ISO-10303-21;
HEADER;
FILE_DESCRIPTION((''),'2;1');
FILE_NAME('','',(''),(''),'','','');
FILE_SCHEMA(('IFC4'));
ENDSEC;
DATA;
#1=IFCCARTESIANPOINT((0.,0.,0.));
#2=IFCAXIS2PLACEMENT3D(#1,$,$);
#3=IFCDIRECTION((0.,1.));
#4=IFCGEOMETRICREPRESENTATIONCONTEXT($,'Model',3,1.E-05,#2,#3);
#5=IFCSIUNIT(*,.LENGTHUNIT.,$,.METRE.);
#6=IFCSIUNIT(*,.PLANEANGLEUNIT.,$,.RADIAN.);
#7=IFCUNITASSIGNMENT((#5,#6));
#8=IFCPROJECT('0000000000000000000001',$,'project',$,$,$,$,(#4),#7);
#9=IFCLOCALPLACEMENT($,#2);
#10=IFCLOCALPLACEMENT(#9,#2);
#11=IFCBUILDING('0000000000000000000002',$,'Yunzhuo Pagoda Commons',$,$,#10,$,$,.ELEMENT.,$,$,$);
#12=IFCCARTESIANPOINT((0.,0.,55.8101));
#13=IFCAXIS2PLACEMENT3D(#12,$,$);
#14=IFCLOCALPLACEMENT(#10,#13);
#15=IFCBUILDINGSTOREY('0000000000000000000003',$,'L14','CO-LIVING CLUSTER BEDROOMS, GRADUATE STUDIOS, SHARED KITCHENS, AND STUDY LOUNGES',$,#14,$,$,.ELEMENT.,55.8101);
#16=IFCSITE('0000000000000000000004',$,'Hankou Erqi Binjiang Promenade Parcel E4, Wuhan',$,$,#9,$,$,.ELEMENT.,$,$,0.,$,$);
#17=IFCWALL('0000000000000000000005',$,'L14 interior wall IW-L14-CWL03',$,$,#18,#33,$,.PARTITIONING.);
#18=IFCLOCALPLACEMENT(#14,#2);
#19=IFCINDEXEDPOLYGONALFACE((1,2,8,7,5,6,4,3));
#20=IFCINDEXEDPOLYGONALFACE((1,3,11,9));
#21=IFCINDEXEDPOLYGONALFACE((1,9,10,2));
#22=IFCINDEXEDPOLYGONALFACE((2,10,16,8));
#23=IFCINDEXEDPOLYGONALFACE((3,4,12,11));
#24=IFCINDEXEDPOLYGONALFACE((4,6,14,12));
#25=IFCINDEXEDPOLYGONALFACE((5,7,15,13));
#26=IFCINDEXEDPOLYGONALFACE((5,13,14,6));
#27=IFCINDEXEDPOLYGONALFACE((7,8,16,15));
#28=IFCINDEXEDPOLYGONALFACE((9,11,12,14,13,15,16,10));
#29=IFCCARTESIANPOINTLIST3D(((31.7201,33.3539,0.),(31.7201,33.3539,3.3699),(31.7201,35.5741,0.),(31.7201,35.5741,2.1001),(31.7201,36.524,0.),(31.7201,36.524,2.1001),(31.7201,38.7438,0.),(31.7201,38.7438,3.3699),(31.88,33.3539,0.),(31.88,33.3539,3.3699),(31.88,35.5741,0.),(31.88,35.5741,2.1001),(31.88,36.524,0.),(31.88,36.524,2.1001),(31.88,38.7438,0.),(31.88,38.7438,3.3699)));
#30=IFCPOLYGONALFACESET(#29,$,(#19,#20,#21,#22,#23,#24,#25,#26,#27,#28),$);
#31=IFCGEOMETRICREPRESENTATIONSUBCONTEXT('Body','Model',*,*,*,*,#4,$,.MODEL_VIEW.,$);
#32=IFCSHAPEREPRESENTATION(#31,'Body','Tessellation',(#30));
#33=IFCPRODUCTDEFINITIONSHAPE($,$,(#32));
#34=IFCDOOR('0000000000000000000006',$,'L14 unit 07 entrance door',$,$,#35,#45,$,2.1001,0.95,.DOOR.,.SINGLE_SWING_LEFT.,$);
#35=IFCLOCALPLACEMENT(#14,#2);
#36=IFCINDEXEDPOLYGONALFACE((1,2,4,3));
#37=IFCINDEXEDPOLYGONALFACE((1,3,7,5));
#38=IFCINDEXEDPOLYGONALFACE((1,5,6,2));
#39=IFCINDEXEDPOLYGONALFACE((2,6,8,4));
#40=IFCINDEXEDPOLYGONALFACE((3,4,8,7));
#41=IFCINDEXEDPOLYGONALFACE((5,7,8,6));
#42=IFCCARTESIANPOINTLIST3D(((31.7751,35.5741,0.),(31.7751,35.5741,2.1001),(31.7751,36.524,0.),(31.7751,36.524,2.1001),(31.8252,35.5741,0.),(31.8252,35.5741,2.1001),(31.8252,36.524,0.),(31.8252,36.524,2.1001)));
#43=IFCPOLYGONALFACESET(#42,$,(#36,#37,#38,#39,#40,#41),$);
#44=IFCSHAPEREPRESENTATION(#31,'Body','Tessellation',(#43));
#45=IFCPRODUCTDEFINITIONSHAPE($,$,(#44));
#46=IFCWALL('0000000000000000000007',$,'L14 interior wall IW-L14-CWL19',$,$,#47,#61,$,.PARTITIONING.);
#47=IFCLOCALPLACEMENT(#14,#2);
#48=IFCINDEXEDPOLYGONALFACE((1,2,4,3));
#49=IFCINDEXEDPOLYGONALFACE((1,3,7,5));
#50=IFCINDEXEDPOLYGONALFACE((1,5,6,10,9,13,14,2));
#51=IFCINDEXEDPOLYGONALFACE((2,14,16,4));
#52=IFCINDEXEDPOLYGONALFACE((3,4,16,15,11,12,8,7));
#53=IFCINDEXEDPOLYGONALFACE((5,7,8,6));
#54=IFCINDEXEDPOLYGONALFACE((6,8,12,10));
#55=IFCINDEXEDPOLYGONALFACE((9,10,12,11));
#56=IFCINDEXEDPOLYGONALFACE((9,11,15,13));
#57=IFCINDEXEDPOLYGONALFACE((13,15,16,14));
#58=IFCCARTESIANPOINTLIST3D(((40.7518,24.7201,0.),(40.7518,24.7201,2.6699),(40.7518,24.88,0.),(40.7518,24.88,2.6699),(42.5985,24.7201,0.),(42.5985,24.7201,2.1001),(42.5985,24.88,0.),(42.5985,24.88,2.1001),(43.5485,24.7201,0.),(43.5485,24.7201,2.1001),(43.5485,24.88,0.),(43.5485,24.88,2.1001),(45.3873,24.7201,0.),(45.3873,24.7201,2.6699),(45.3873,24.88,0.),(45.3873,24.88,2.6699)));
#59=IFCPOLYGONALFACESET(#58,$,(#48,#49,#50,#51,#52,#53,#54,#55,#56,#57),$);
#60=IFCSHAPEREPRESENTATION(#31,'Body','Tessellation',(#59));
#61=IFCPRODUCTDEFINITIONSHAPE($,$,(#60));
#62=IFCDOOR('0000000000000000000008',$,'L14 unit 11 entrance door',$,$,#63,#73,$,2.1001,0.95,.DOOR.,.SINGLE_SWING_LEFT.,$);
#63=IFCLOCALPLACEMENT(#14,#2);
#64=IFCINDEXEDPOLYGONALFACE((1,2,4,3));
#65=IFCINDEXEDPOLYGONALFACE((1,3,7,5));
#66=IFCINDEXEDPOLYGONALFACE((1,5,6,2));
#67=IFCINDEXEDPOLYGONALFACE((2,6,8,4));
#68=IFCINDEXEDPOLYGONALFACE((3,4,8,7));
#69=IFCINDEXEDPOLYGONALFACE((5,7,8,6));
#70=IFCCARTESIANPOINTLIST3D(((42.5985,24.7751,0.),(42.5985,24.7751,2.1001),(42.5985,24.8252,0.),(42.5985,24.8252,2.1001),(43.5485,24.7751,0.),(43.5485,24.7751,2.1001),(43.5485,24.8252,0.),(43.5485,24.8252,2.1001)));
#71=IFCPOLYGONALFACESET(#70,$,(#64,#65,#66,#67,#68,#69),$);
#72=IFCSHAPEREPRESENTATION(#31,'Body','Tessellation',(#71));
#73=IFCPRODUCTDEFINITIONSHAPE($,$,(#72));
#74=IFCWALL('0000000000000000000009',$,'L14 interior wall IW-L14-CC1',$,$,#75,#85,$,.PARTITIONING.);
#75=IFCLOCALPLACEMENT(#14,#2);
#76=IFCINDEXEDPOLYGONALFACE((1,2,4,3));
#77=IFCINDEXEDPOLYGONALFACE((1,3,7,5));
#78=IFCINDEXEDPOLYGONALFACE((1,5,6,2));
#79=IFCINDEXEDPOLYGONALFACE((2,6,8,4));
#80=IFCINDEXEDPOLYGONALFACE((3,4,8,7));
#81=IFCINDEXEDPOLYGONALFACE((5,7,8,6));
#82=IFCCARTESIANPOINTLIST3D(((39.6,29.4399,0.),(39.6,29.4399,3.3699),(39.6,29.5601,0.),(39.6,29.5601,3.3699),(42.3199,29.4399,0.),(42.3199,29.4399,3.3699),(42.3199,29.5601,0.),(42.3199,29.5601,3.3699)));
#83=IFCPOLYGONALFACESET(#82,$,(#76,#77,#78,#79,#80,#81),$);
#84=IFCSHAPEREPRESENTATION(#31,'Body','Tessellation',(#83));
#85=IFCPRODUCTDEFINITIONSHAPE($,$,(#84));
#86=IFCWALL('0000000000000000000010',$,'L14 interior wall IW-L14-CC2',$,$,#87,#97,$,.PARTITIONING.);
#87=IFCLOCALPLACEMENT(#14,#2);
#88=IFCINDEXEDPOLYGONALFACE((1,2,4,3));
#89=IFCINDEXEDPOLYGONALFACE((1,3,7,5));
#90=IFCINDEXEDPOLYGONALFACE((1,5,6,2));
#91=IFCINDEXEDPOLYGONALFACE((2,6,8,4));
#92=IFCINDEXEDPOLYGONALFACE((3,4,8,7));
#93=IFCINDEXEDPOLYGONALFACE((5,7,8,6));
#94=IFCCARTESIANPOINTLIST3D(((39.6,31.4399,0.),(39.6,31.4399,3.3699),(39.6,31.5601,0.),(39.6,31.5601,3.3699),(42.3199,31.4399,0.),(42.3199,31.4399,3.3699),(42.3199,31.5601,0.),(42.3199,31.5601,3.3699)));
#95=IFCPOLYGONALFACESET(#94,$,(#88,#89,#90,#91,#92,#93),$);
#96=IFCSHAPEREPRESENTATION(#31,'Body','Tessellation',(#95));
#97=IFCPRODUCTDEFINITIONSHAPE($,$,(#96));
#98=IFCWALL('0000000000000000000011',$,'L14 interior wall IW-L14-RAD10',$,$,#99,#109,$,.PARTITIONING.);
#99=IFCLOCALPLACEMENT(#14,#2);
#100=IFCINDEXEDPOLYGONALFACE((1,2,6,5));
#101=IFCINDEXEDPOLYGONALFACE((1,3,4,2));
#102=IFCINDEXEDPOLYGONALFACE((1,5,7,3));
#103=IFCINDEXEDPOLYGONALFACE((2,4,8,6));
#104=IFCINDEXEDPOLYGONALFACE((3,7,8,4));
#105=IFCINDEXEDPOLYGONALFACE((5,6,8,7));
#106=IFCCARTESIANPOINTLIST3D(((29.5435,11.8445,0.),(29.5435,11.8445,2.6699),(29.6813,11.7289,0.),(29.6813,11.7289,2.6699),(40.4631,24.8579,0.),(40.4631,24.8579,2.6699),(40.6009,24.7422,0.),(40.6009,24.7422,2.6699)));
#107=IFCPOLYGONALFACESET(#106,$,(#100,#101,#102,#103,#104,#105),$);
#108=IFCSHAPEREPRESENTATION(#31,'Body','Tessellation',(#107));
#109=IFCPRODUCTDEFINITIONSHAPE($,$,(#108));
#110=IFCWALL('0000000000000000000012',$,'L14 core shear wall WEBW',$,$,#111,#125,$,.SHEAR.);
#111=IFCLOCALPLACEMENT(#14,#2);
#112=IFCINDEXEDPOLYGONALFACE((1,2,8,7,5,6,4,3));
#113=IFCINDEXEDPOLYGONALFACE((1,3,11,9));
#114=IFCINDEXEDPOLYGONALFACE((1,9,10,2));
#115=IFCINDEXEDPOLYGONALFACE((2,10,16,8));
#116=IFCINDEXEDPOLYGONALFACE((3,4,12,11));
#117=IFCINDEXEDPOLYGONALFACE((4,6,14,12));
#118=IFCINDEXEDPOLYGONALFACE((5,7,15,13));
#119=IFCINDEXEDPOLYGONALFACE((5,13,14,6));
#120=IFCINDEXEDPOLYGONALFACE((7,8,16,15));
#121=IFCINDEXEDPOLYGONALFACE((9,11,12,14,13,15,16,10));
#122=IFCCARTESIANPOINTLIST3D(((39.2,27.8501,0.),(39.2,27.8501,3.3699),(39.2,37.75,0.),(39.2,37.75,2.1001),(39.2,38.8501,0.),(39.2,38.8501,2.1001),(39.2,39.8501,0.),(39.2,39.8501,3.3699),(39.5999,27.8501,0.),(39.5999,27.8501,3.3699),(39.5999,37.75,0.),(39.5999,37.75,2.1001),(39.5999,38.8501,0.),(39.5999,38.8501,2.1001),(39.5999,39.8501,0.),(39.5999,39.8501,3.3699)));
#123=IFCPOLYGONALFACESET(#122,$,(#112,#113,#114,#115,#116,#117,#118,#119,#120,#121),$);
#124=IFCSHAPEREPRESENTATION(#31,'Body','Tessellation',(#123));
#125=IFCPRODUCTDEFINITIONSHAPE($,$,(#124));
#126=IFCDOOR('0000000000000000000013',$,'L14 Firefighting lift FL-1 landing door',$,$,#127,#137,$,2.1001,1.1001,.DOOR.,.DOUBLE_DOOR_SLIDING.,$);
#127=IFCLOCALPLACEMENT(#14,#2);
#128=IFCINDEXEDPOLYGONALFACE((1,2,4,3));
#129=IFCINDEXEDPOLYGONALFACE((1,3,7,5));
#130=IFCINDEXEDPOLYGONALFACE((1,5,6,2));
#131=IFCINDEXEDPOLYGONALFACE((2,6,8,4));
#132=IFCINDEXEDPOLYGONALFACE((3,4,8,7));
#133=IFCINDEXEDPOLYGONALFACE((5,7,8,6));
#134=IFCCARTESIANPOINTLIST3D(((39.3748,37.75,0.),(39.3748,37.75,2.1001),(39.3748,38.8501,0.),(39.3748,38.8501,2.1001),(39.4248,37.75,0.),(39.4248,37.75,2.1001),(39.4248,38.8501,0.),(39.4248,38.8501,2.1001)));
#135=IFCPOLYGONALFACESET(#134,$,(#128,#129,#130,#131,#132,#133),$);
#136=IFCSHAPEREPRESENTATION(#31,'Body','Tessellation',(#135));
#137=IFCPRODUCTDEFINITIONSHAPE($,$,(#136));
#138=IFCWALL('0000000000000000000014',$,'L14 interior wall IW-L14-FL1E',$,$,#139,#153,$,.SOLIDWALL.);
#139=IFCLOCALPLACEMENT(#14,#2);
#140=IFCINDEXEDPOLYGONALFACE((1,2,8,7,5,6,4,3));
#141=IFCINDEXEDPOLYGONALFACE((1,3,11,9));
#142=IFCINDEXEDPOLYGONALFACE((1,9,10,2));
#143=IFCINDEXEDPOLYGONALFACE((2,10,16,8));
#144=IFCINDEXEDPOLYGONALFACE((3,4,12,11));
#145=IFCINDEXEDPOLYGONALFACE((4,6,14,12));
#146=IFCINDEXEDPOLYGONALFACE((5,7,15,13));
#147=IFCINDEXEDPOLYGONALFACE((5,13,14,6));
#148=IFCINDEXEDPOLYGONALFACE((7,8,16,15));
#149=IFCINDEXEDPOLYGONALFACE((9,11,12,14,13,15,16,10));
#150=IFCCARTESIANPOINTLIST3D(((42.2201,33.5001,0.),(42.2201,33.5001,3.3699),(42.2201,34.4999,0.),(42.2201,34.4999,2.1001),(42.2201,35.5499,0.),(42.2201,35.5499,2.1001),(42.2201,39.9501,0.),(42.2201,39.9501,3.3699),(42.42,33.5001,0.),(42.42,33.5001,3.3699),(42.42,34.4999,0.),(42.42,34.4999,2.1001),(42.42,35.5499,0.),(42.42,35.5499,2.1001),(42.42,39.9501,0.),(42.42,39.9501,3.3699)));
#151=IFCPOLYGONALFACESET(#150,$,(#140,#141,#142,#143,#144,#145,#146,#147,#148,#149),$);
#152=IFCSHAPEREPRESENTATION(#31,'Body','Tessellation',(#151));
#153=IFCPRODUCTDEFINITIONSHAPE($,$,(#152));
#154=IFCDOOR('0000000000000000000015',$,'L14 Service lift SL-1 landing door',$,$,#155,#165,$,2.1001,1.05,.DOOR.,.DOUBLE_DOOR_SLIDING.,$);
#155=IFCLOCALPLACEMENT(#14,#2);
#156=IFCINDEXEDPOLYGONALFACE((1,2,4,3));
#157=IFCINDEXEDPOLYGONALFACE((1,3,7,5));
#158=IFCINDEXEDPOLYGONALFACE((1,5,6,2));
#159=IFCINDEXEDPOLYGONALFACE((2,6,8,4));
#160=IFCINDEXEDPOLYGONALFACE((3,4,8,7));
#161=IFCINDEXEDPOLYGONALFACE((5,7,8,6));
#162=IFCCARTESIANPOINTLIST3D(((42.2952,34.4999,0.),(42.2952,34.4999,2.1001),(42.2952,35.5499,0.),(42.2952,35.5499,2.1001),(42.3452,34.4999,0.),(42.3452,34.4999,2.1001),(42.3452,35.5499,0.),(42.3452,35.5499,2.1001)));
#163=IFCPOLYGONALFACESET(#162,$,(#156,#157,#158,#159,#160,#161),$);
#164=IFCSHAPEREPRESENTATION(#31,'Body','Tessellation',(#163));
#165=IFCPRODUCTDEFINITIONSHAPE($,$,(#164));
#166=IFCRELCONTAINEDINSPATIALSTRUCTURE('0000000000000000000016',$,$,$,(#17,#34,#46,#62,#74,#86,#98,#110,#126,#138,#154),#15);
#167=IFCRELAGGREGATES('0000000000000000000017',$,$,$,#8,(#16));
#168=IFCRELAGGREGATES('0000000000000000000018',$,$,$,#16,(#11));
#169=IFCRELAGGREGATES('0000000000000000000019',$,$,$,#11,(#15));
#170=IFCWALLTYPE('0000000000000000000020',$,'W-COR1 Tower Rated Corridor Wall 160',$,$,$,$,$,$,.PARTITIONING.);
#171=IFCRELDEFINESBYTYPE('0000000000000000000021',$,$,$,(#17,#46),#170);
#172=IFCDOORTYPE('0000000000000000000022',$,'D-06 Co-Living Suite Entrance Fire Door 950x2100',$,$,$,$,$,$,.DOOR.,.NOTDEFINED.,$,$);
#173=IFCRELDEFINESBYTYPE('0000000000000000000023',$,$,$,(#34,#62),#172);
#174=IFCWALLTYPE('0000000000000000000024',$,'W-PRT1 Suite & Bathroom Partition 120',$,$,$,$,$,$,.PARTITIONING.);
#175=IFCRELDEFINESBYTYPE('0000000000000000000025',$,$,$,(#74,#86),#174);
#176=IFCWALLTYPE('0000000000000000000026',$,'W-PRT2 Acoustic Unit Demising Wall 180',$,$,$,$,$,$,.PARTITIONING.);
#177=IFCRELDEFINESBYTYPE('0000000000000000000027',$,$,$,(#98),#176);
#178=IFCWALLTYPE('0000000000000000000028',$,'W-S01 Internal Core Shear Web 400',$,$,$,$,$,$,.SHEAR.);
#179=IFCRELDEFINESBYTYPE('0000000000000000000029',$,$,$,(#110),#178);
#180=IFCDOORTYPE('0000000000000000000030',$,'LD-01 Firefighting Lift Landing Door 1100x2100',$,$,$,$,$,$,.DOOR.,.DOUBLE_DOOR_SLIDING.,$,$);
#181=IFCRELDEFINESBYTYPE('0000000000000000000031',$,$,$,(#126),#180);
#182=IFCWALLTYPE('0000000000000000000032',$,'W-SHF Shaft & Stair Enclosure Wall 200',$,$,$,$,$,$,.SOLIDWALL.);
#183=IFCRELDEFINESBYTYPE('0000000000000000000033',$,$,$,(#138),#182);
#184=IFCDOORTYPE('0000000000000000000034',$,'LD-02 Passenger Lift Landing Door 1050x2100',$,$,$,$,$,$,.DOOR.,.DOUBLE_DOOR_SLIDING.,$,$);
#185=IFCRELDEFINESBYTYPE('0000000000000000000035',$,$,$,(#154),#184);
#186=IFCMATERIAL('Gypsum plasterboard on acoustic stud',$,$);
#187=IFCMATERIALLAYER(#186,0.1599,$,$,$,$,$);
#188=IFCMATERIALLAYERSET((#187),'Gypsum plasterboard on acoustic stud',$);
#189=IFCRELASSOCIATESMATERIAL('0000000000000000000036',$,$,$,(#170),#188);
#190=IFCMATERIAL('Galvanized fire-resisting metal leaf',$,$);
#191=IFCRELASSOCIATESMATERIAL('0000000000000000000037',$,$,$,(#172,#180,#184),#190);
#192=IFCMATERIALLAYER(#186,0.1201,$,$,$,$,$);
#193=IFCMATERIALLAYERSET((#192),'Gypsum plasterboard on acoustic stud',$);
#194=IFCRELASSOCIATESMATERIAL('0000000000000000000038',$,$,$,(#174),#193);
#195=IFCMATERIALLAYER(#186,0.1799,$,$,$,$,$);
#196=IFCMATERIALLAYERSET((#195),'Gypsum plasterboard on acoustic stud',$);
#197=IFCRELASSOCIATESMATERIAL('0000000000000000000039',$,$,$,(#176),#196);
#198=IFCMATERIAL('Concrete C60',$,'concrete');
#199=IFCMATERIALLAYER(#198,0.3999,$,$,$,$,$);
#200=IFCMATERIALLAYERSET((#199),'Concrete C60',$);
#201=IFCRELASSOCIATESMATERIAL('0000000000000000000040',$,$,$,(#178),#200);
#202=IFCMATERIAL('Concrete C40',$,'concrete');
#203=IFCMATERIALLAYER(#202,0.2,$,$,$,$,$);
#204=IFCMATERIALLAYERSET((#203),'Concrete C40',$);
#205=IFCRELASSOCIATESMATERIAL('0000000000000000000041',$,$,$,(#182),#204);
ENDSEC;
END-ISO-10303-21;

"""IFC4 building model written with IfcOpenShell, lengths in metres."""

from ifc_helpers import new_model, si_unit, direction, frame, frame_2d, origin, origin_with_axes, place, context, subcontext, project, spatial, rectangle, extrude, source, transform, mapped, material, layer, layer_set, type_object, element, fill, save


model = new_model("IFC4")

# Units and contexts
model_context = context("Model", 3, precision=1e-05, world=origin(), true_north=direction((0.0, 1.0)))
body_context = subcontext(model_context, "Body", "Model", "MODEL_VIEW")
ifc_project = project(units=[si_unit("LENGTHUNIT", "METRE"), si_unit("PLANEANGLEUNIT", "RADIAN")], contexts=[model_context])

# Site, building, storey
site_placement = place(None, origin())
site = spatial("IfcSite", under=ifc_project, at=site_placement, Name="Hankou Erqi Binjiang Promenade Parcel E4, Wuhan", CompositionType="ELEMENT", RefElevation=0.0)
building_placement = place(site_placement, origin())
building = spatial("IfcBuilding", under=site, at=building_placement, Name="Yunzhuo Pagoda Commons", CompositionType="ELEMENT")
storey_placement = place(building_placement, frame((0.0, 0.0, 55.8101)))
storey = spatial("IfcBuildingStorey", under=building, at=storey_placement, Name="L14", Description="CO-LIVING CLUSTER BEDROOMS, GRADUATE STUDIOS, SHARED KITCHENS, AND STUDY LOUNGES", CompositionType="ELEMENT", Elevation=55.8101)

# Shared definitions
ifc_material_1 = material(Name="Concrete C60", Category="concrete")

# Shared definitions
ifc_material_2 = material(Name="Gypsum plasterboard on acoustic stud")
ifc_layer_1 = layer(ifc_material_2, 0.1599)
ifc_layer_set_1 = layer_set([ifc_layer_1], Name="Gypsum plasterboard on acoustic stud")
wall_type_1 = type_object("IfcWallType", Name="W-COR1 Tower Rated Corridor Wall 160", PredefinedType="PARTITIONING", material=ifc_layer_set_1)
ifc_material_3 = material(Name="Galvanized fire-resisting metal leaf")

# Walls, openings, doors
wall_1_placement = place(storey_placement, frame((31.8, 33.354, 0.0), z_axis=(0.0, 0.0, 1.0), x_axis=(0.0, 1.0, 0.0)))
wall_1 = element("IfcWall", 1, at=wall_1_placement, inside=storey, type_object=wall_type_1, Name="L14 interior wall IW-L14-CWL03", PredefinedType="PARTITIONING", context=body_context, shape_type="SweptSolid", body=[
    extrude(rectangle(XDim=5.3899, YDim=0.1599, at=frame_2d((2.6948, 0.0))), origin(), (0.0, 0.0, 1.0), 3.3699),
])
opening_1_placement = place(wall_1_placement, frame((2.22, 0.0, 0.0)))
opening_1 = element("IfcOpeningElement", 2, at=opening_1_placement, cuts=wall_1, PredefinedType="OPENING", context=body_context, shape_type="SweptSolid", body=[
    extrude(rectangle(XDim=0.95, YDim=2.1001, at=frame_2d((0.4751, 1.05))), frame((0.0, 0.0898, 0.0), z_axis=(0.0, -1.0, 0.0), x_axis=(1.0, 0.0, 0.0)), (0.0, 0.0, 1.0), 0.1799),
])
door_type_1 = type_object("IfcDoorType", Name="D-06 Co-Living Suite Entrance Fire Door 950x2100", OperationType="NOTDEFINED", PredefinedType="DOOR", material=ifc_material_3)
shared_shape_1 = source(origin(), body_context, "Body", "SweptSolid", [
    extrude(rectangle(XDim=0.95, YDim=2.1001, at=frame_2d((0.4751, 1.05))), frame((0.0, 0.0249, 0.0), z_axis=(0.0, -1.0, 0.0), x_axis=(1.0, 0.0, 0.0)), (0.0, 0.0, 1.0), 0.05),
])
door_1_placement = place(opening_1_placement, origin_with_axes())
door_1 = element("IfcDoor", 3, at=door_1_placement, inside=storey, type_object=door_type_1, Name="L14 unit 07 entrance door", OperationType="SINGLE_SWING_LEFT", OverallHeight=2.1001, OverallWidth=0.95, PredefinedType="DOOR", context=body_context, shape_type="MappedRepresentation", body=[
    mapped(shared_shape_1, transform((0.0, 0.0, 0.0), scale=1.0)),
])
fill(opening_1, door_1)
wall_2_placement = place(storey_placement, frame((45.3875, 24.8, 0.0), z_axis=(0.0, 0.0, 1.0), x_axis=(-1.0, 0.0, 0.0)))
wall_2 = element("IfcWall", 4, at=wall_2_placement, inside=storey, type_object=wall_type_1, Name="L14 interior wall IW-L14-CWL19", PredefinedType="PARTITIONING", context=body_context, shape_type="SweptSolid", body=[
    extrude(rectangle(XDim=4.6355, YDim=0.1599, at=frame_2d((2.3179, 0.0))), origin(), (0.0, 0.0, 1.0), 2.6699),
])
opening_2_placement = place(wall_2_placement, frame((1.8389, 0.0, 0.0)))
opening_2 = element("IfcOpeningElement", 5, at=opening_2_placement, cuts=wall_2, PredefinedType="OPENING", context=body_context, shape_type="SweptSolid", body=[
    extrude(rectangle(XDim=0.95, YDim=2.1001, at=frame_2d((0.4751, 1.05))), frame((0.0, 0.0898, 0.0), z_axis=(0.0, -1.0, 0.0), x_axis=(1.0, 0.0, 0.0)), (0.0, 0.0, 1.0), 0.1799),
])
door_2_placement = place(opening_2_placement, origin_with_axes())
door_2 = element("IfcDoor", 6, at=door_2_placement, inside=storey, type_object=door_type_1, Name="L14 unit 11 entrance door", OperationType="SINGLE_SWING_LEFT", OverallHeight=2.1001, OverallWidth=0.95, PredefinedType="DOOR", context=body_context, shape_type="MappedRepresentation", body=[
    mapped(shared_shape_1, transform((0.0, 0.0, 0.0), scale=1.0)),
])
fill(opening_2, door_2)

# Walls
ifc_layer_2 = layer(ifc_material_2, 0.1201)
ifc_layer_set_2 = layer_set([ifc_layer_2], Name="Gypsum plasterboard on acoustic stud")
wall_type_2 = type_object("IfcWallType", Name="W-PRT1 Suite & Bathroom Partition 120", PredefinedType="PARTITIONING", material=ifc_layer_set_2)
for number, where, z_axis, x_axis, name in (
    (7, (39.6001, 29.5, 0.0), (0.0, 0.0, 1.0), (1.0, 0.0, 0.0), "L14 interior wall IW-L14-CC1"),
    (8, (39.6001, 31.5, 0.0), (0.0, 0.0, 1.0), (1.0, 0.0, 0.0), "L14 interior wall IW-L14-CC2"),
):
    element("IfcWall", number, at=place(storey_placement, frame(where, z_axis=z_axis, x_axis=x_axis)), inside=storey, type_object=wall_type_2, Name=name, PredefinedType="PARTITIONING", context=body_context, shape_type="SweptSolid", body=[
        extrude(rectangle(XDim=2.72, YDim=0.1201, at=frame_2d((1.3599, 0.0))), origin(), (0.0, 0.0, 1.0), 3.3699),
    ])
ifc_layer_3 = layer(ifc_material_2, 0.1799)
ifc_layer_set_3 = layer_set([ifc_layer_3], Name="Gypsum plasterboard on acoustic stud")
wall_type_3 = type_object("IfcWallType", Name="W-PRT2 Acoustic Unit Demising Wall 180", PredefinedType="PARTITIONING", material=ifc_layer_set_3)
wall_3_placement = place(storey_placement, frame((40.532, 24.8, 0.0), z_axis=(0.0, 0.0, 1.0), x_axis=(-0.642792, -0.766041, 0.0)))
element("IfcWall", 9, at=wall_3_placement, inside=storey, type_object=wall_type_3, Name="L14 interior wall IW-L14-RAD10", PredefinedType="PARTITIONING", context=body_context, shape_type="SweptSolid", body=[
    extrude(rectangle(XDim=16.9878, YDim=0.1799, at=frame_2d((8.4939, 0.0))), origin(), (0.0, 0.0, 1.0), 2.6699),
])

# Walls, openings, doors
ifc_layer_4 = layer(ifc_material_1, 0.3999)
ifc_layer_set_4 = layer_set([ifc_layer_4], Name="Concrete C60")
wall_type_4 = type_object("IfcWallType", Name="W-S01 Internal Core Shear Web 400", PredefinedType="SHEAR", material=ifc_layer_set_4)
wall_4_placement = place(storey_placement, frame((39.3999, 27.8501, 0.0), z_axis=(0.0, 0.0, 1.0), x_axis=(0.0, 1.0, 0.0)))
wall_4 = element("IfcWall", 10, at=wall_4_placement, inside=storey, type_object=wall_type_4, Name="L14 core shear wall WEBW", PredefinedType="SHEAR", context=body_context, shape_type="SweptSolid", body=[
    extrude(rectangle(XDim=12.0, YDim=0.3999, at=frame_2d((6.0, 0.0))), origin(), (0.0, 0.0, 1.0), 3.3699),
])
opening_3_placement = place(wall_4_placement, frame((9.8999, 0.0, 0.0)))
opening_3 = element("IfcOpeningElement", 11, at=opening_3_placement, cuts=wall_4, PredefinedType="OPENING", context=body_context, shape_type="SweptSolid", body=[
    extrude(rectangle(XDim=1.1001, YDim=2.1001, at=frame_2d((0.55, 1.05))), frame((0.0, 0.21, 0.0), z_axis=(0.0, -1.0, 0.0), x_axis=(1.0, 0.0, 0.0)), (0.0, 0.0, 1.0), 0.4199),
])
door_type_2 = type_object("IfcDoorType", Name="LD-01 Firefighting Lift Landing Door 1100x2100", OperationType="DOUBLE_DOOR_SLIDING", PredefinedType="DOOR", material=ifc_material_3)
shared_shape_2 = source(origin(), body_context, "Body", "SweptSolid", [
    extrude(rectangle(XDim=1.1001, YDim=2.1001, at=frame_2d((0.55, 1.05))), frame((0.0, 0.0249, 0.0), z_axis=(0.0, -1.0, 0.0), x_axis=(1.0, 0.0, 0.0)), (0.0, 0.0, 1.0), 0.05),
])
door_3_placement = place(opening_3_placement, frame((1.1001, 0.0, 0.0), z_axis=(0.0, 0.0, 1.0), x_axis=(-1.0, 0.0, 0.0)))
door_3 = element("IfcDoor", 12, at=door_3_placement, inside=storey, type_object=door_type_2, Name="L14 Firefighting lift FL-1 landing door", OperationType="DOUBLE_DOOR_SLIDING", OverallHeight=2.1001, OverallWidth=1.1001, PredefinedType="DOOR", context=body_context, shape_type="MappedRepresentation", body=[
    mapped(shared_shape_2, transform((0.0, 0.0, 0.0), scale=1.0)),
])
fill(opening_3, door_3)
ifc_material_4 = material(Name="Concrete C40", Category="concrete")
ifc_layer_5 = layer(ifc_material_4, 0.2)
ifc_layer_set_5 = layer_set([ifc_layer_5], Name="Concrete C40")
wall_type_5 = type_object("IfcWallType", Name="W-SHF Shaft & Stair Enclosure Wall 200", PredefinedType="SOLIDWALL", material=ifc_layer_set_5)
wall_5_placement = place(storey_placement, frame((42.3201, 33.5, 0.0), z_axis=(0.0, 0.0, 1.0), x_axis=(0.0, 1.0, 0.0)))
wall_5 = element("IfcWall", 13, at=wall_5_placement, inside=storey, type_object=wall_type_5, Name="L14 interior wall IW-L14-FL1E", PredefinedType="SOLIDWALL", context=body_context, shape_type="SweptSolid", body=[
    extrude(rectangle(XDim=6.45, YDim=0.2, at=frame_2d((3.2251, 0.0))), origin(), (0.0, 0.0, 1.0), 3.3699),
])
opening_4_placement = place(wall_5_placement, frame((1.0, 0.0, 0.0)))
opening_4 = element("IfcOpeningElement", 14, at=opening_4_placement, cuts=wall_5, PredefinedType="OPENING", context=body_context, shape_type="SweptSolid", body=[
    extrude(rectangle(XDim=1.05, YDim=2.1001, at=frame_2d((0.5249, 1.05))), frame((0.0, 0.1099, 0.0), z_axis=(0.0, -1.0, 0.0), x_axis=(1.0, 0.0, 0.0)), (0.0, 0.0, 1.0), 0.22),
])
door_type_3 = type_object("IfcDoorType", Name="LD-02 Passenger Lift Landing Door 1050x2100", OperationType="DOUBLE_DOOR_SLIDING", PredefinedType="DOOR", material=ifc_material_3)
shared_shape_3 = source(origin(), body_context, "Body", "SweptSolid", [
    extrude(rectangle(XDim=1.05, YDim=2.1001, at=frame_2d((0.5249, 1.05))), frame((0.0, 0.0249, 0.0), z_axis=(0.0, -1.0, 0.0), x_axis=(1.0, 0.0, 0.0)), (0.0, 0.0, 1.0), 0.05),
])
door_4_placement = place(opening_4_placement, origin_with_axes())
door_4 = element("IfcDoor", 15, at=door_4_placement, inside=storey, type_object=door_type_3, Name="L14 Service lift SL-1 landing door", OperationType="DOUBLE_DOOR_SLIDING", OverallHeight=2.1001, OverallWidth=1.05, PredefinedType="DOOR", context=body_context, shape_type="MappedRepresentation", body=[
    mapped(shared_shape_3, transform((0.0, 0.0, 0.0), scale=1.0)),
])
fill(opening_4, door_4)

save(model, "model.ifc")
